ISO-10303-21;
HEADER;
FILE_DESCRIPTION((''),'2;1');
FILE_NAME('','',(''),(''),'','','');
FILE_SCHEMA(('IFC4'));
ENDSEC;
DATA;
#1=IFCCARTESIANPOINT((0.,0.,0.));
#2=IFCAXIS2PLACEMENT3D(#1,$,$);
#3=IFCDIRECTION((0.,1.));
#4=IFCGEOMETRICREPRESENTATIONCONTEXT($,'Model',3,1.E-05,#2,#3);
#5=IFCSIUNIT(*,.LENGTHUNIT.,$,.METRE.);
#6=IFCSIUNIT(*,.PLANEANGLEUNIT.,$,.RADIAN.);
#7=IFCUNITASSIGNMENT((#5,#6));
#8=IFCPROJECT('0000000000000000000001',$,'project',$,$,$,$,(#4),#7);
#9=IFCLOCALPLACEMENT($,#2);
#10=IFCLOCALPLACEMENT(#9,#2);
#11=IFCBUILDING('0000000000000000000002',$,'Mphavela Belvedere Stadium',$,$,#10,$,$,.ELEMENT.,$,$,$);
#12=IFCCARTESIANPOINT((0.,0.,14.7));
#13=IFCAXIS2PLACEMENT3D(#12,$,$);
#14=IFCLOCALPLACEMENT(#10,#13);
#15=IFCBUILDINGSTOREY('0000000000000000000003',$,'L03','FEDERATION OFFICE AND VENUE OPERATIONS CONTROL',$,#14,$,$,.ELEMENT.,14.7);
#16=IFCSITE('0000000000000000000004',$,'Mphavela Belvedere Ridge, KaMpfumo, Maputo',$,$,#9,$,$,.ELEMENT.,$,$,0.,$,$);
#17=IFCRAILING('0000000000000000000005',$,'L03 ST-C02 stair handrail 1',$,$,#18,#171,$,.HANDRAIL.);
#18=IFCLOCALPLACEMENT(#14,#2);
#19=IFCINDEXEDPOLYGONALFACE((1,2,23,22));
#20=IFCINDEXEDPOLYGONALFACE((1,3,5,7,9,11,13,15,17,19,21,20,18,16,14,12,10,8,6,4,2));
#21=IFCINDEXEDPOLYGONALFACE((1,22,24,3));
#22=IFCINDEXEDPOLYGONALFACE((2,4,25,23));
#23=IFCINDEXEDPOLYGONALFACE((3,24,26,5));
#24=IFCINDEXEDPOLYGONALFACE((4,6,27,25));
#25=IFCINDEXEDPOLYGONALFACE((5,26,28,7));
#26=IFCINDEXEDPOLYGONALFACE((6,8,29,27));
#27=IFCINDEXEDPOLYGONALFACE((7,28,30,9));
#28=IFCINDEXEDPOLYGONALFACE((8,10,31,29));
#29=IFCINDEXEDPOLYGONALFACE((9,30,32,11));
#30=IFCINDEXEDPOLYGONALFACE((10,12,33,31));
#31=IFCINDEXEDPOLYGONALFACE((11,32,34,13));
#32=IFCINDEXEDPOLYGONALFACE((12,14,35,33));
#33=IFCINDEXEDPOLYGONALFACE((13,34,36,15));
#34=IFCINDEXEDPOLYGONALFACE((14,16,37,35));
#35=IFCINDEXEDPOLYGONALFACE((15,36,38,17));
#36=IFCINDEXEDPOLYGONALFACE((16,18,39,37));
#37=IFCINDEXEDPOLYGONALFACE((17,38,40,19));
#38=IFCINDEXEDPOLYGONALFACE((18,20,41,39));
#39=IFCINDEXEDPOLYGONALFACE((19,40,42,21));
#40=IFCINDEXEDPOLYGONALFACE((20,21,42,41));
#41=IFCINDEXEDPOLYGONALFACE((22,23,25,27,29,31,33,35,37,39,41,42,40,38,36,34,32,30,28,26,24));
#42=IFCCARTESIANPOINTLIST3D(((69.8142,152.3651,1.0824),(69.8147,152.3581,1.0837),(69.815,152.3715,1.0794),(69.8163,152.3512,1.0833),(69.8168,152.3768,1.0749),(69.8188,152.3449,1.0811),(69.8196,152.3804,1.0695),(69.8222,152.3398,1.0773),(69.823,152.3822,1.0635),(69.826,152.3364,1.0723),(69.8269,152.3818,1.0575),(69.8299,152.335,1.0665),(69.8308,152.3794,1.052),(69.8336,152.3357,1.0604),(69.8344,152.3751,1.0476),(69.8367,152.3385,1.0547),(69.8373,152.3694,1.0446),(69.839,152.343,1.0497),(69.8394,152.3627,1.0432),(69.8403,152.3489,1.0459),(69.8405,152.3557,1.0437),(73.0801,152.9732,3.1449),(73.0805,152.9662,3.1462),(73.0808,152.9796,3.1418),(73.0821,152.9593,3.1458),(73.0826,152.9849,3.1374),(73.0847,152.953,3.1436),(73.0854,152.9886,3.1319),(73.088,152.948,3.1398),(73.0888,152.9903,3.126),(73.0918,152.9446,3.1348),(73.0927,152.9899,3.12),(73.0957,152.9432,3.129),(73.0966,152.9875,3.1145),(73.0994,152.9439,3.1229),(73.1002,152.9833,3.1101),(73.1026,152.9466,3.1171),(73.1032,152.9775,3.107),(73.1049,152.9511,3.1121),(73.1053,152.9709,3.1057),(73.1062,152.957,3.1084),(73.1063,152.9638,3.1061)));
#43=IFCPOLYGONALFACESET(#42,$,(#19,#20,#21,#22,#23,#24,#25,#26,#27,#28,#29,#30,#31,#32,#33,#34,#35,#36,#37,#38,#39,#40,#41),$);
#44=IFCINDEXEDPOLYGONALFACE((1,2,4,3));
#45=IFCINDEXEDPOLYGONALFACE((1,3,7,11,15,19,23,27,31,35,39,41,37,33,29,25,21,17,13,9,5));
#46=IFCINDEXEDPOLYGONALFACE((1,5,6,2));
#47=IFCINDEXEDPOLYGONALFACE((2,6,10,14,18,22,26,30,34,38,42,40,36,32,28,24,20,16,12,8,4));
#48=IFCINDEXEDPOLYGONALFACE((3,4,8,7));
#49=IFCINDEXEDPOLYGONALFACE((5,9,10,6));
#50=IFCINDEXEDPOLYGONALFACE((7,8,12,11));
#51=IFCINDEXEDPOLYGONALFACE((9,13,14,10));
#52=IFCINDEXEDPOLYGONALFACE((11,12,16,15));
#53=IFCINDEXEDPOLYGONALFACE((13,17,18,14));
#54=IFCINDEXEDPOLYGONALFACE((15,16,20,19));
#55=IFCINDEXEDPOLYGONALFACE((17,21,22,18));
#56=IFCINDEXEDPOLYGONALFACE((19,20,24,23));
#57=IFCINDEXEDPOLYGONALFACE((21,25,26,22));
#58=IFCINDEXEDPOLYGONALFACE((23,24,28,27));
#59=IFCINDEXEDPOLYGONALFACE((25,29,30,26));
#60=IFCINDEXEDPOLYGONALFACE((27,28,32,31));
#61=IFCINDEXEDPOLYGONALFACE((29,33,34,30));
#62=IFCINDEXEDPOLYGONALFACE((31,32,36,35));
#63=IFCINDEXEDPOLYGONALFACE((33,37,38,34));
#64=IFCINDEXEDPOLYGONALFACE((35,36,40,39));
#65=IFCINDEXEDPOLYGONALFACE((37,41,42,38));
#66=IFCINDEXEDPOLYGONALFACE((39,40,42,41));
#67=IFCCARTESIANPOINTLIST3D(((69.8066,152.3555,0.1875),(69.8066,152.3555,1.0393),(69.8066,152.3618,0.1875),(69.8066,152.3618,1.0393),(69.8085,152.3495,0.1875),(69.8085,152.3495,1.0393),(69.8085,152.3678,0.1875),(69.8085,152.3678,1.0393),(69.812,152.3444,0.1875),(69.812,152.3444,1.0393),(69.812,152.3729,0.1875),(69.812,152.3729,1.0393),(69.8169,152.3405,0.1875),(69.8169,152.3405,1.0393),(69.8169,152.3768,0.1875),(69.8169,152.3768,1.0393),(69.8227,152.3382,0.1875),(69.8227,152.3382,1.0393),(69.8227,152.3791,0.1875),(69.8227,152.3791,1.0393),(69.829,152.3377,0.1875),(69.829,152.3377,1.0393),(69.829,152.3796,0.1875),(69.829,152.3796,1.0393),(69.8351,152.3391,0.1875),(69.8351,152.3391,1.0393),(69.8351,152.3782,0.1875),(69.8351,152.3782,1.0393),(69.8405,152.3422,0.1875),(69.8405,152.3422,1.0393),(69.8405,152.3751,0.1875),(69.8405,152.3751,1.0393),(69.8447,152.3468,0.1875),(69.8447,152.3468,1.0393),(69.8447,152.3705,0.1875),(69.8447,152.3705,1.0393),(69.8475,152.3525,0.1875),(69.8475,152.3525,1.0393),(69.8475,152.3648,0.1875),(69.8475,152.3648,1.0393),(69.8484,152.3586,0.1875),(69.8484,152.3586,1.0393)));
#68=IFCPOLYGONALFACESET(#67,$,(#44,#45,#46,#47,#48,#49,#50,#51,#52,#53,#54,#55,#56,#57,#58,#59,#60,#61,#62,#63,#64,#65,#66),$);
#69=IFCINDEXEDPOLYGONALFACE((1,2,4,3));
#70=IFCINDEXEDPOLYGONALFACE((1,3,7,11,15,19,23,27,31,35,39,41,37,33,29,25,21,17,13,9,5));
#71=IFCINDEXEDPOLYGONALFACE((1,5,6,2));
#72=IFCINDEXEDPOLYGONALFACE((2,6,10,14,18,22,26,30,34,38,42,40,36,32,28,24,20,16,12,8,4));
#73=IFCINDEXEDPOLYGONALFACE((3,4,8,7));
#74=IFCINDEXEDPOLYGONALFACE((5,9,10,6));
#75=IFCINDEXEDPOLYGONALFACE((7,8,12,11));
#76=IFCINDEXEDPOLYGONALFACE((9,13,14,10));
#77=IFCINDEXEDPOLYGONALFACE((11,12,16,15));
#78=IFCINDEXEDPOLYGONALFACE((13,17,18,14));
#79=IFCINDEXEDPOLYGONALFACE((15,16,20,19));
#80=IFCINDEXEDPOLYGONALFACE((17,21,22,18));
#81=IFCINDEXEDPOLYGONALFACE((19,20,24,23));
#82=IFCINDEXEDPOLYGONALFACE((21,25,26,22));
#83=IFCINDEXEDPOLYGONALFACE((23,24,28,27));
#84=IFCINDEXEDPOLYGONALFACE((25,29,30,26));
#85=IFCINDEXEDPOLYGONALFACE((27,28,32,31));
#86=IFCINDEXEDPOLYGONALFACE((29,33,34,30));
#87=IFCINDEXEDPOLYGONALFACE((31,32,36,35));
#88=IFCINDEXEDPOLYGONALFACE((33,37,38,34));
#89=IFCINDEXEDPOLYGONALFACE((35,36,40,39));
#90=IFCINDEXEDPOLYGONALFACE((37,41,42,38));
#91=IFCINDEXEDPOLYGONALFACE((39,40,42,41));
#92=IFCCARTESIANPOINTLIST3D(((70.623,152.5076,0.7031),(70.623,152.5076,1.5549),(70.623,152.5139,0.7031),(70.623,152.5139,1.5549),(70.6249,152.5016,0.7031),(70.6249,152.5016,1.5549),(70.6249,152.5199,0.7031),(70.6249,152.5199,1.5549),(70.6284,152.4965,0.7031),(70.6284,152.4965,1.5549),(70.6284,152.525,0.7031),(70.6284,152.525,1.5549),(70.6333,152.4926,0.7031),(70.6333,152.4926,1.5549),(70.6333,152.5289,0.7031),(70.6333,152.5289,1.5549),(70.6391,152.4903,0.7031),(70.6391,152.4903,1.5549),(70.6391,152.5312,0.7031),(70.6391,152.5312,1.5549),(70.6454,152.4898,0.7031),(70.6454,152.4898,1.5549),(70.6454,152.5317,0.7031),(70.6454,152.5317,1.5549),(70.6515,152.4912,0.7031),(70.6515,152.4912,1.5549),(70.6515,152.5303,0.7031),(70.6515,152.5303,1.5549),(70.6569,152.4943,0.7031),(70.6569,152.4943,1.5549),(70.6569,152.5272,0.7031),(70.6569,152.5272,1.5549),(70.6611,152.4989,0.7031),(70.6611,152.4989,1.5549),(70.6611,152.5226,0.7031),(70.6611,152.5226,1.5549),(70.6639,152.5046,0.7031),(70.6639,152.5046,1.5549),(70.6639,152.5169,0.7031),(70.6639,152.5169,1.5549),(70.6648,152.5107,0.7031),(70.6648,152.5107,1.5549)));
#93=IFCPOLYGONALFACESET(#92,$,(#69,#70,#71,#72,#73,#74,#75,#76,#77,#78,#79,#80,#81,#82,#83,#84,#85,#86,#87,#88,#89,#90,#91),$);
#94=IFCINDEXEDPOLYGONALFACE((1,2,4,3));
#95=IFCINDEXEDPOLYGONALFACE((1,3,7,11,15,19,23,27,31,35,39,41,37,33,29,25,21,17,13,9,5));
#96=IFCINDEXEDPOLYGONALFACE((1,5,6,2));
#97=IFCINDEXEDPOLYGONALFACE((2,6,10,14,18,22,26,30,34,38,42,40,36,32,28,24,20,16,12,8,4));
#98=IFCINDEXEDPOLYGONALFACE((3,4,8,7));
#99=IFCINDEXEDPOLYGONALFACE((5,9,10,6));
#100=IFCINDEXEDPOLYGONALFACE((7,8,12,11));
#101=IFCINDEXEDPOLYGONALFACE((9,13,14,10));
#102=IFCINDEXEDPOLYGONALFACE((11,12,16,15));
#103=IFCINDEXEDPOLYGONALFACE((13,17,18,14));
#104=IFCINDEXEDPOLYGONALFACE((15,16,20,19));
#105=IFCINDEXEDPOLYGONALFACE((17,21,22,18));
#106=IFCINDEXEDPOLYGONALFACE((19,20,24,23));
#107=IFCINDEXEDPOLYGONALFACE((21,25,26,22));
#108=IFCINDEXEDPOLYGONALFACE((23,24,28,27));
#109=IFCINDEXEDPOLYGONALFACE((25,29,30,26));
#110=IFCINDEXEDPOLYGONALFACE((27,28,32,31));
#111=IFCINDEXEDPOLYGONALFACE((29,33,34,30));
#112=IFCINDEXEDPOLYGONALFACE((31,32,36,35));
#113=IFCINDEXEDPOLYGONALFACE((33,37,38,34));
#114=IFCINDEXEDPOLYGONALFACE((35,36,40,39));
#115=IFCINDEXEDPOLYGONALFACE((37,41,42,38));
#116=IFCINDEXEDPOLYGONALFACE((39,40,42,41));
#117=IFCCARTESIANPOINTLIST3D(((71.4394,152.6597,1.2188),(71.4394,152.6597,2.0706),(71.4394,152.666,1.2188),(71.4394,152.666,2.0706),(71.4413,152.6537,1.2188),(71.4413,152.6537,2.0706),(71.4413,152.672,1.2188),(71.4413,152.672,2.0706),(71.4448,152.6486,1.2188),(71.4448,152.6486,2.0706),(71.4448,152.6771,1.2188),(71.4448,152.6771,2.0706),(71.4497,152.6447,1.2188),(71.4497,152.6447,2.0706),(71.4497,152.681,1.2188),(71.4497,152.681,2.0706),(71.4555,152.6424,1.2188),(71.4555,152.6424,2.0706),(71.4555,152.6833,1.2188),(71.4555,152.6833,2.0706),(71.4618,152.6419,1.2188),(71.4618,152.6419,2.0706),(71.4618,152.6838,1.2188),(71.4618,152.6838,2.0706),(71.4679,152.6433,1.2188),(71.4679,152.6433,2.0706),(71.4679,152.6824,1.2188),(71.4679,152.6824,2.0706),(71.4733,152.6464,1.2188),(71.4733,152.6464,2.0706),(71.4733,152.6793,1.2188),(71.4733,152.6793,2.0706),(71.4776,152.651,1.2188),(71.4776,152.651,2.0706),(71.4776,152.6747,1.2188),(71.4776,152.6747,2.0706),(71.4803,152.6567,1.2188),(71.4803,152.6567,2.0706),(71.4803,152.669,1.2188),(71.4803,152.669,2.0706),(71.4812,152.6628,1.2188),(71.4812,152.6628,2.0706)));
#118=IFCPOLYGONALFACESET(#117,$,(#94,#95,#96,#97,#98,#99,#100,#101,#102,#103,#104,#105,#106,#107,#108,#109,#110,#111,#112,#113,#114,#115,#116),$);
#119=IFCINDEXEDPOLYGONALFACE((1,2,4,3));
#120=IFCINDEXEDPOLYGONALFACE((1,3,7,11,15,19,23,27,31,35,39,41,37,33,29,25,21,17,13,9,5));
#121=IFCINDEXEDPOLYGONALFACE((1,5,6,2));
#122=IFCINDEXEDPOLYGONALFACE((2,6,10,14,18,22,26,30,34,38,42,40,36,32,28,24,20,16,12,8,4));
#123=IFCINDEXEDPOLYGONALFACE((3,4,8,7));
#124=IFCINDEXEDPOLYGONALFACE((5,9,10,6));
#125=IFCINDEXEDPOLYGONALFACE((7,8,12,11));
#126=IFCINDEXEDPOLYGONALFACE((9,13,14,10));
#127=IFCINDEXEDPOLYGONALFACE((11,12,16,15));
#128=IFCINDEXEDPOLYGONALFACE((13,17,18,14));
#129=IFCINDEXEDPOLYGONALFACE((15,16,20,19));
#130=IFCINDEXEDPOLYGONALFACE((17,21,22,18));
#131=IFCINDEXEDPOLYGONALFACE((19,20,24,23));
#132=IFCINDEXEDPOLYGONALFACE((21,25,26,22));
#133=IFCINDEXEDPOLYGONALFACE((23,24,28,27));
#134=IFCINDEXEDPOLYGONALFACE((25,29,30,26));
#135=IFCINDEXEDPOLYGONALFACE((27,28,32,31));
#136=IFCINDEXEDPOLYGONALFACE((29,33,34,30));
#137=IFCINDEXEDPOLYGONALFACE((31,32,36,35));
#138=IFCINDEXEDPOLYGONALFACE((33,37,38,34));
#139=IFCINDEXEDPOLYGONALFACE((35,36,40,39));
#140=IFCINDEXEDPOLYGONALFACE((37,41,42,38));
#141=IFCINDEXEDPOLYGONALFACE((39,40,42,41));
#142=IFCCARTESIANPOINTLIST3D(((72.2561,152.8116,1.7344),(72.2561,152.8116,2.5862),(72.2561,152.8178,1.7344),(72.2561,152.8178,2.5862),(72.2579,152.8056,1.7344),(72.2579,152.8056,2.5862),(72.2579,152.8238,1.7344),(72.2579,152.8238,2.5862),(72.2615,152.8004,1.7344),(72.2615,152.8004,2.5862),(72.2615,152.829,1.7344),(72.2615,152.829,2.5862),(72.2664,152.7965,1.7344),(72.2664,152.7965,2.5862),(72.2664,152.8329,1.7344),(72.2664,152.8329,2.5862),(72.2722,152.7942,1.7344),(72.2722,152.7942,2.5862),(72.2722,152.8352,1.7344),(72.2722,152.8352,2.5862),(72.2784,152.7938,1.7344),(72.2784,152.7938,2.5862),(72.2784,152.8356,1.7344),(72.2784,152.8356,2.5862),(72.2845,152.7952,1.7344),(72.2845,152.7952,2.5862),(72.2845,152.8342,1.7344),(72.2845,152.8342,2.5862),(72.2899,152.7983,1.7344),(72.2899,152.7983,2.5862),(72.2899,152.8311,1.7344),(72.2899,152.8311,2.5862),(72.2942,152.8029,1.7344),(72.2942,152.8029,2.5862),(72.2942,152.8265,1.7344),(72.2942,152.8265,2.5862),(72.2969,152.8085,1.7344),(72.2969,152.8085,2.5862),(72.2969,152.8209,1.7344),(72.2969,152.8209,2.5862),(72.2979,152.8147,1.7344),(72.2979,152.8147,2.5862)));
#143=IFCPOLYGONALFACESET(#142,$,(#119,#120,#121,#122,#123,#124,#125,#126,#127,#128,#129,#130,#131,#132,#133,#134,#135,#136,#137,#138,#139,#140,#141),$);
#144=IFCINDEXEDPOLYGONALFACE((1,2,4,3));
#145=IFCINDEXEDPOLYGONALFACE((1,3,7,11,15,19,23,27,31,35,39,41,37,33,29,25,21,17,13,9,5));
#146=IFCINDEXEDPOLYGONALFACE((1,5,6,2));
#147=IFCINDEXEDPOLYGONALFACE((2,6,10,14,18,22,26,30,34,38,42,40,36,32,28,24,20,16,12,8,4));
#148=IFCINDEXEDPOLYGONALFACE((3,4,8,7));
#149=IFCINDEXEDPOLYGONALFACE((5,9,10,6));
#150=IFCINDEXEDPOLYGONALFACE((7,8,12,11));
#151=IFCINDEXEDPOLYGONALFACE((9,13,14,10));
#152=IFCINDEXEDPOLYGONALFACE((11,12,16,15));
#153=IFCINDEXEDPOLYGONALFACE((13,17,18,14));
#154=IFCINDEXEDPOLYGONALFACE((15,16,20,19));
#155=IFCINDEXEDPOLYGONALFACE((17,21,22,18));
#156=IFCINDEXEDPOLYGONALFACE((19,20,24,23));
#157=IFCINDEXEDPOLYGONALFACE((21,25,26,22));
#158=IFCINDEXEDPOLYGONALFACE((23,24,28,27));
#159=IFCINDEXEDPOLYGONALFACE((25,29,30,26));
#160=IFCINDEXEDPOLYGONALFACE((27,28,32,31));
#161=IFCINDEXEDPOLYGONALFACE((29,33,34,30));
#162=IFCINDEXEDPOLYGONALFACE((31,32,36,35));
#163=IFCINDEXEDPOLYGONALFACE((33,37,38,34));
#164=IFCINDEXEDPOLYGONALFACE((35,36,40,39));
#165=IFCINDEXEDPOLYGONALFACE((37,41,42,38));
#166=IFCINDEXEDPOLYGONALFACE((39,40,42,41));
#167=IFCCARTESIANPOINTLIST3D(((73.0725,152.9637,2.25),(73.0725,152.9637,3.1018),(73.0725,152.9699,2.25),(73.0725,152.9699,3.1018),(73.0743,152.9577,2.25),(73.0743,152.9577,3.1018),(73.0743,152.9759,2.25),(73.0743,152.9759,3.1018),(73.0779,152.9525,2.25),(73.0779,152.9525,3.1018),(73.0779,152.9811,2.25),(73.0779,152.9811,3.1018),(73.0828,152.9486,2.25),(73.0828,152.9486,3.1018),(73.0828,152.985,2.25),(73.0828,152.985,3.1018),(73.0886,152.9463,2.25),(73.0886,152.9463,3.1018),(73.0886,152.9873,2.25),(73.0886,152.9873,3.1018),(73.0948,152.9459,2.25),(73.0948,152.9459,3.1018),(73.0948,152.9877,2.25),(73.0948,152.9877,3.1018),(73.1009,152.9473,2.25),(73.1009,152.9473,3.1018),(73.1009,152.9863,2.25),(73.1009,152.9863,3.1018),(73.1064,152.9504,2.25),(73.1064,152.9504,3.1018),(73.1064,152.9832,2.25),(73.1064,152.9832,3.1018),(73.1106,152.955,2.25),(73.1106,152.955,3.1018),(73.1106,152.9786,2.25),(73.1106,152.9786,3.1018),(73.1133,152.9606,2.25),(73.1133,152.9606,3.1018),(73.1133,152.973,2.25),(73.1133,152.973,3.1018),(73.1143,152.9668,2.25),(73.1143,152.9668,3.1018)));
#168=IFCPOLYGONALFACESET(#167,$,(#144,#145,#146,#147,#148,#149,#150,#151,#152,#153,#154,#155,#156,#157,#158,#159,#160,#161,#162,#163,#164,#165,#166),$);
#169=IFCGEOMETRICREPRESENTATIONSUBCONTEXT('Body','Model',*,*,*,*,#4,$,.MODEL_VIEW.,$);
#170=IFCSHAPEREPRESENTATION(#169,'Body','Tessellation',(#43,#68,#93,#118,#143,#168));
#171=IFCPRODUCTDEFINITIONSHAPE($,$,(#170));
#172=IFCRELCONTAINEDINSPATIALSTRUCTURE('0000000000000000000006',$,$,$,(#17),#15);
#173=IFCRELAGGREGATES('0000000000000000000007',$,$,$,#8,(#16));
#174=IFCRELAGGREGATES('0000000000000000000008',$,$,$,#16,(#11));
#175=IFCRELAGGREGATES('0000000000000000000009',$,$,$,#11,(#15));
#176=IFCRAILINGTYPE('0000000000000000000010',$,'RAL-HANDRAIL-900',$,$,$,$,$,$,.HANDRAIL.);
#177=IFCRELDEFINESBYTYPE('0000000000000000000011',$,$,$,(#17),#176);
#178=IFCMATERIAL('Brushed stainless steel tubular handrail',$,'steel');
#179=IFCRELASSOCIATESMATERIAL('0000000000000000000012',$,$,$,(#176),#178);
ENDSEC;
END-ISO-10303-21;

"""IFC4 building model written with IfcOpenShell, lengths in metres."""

from ifc_helpers import new_model, si_unit, direction, frame, origin, origin_2d, place, context, subcontext, project, spatial, circle, extrude, material, type_object, element, save


model = new_model("IFC4")

# Units and contexts
model_context = context("Model", 3, precision=1e-05, world=origin(), true_north=direction((0.0, 1.0)))
body_context = subcontext(model_context, "Body", "Model", "MODEL_VIEW")
ifc_project = project(units=[si_unit("LENGTHUNIT", "METRE"), si_unit("PLANEANGLEUNIT", "RADIAN")], contexts=[model_context])

# Site, building, storey
site_placement = place(None, origin())
site = spatial("IfcSite", under=ifc_project, at=site_placement, Name="Mphavela Belvedere Ridge, KaMpfumo, Maputo", CompositionType="ELEMENT", RefElevation=0.0)
building_placement = place(site_placement, origin())
building = spatial("IfcBuilding", under=site, at=building_placement, Name="Mphavela Belvedere Stadium", CompositionType="ELEMENT")
storey_placement = place(building_placement, frame((0.0, 0.0, 14.7)))
storey = spatial("IfcBuildingStorey", under=building, at=storey_placement, Name="L03", Description="FEDERATION OFFICE AND VENUE OPERATIONS CONTROL", CompositionType="ELEMENT", Elevation=14.7)

# Railing
ifc_material_1 = material(Name="Brushed stainless steel tubular handrail", Category="steel")
railing_type_1 = type_object("IfcRailingType", Name="RAL-HANDRAIL-900", PredefinedType="HANDRAIL", material=ifc_material_1)
railing_1_placement = place(storey_placement, frame((69.8274, 152.3586, 0.1875)))
element("IfcRailing", 1, at=railing_1_placement, inside=storey, type_object=railing_type_1, Name="L03 ST-C02 stair handrail 1", PredefinedType="HANDRAIL", context=body_context, shape_type="SweptSolid", body=[
    extrude(circle(Radius=0.0239, at=origin_2d()), frame((0.0, 0.0, 0.876), z_axis=(0.835218, 0.15553, 0.527467), x_axis=(-0.183068, 0.9831, 0.0)), (0.0, 0.0, 1.0), 3.9102),
    extrude(circle(Radius=0.021, at=origin_2d()), origin(), (0.0, 0.0, 1.0), 0.8518),
    extrude(circle(Radius=0.021, at=origin_2d()), frame((0.8164, 0.1521, 0.5156)), (0.0, 0.0, 1.0), 0.8518),
    extrude(circle(Radius=0.021, at=origin_2d()), frame((1.6328, 0.3042, 1.0312)), (0.0, 0.0, 1.0), 0.8518),
    extrude(circle(Radius=0.021, at=origin_2d()), frame((2.4495, 0.4561, 1.5469)), (0.0, 0.0, 1.0), 0.8518),
    extrude(circle(Radius=0.021, at=origin_2d()), frame((3.2659, 0.6082, 2.0625)), (0.0, 0.0, 1.0), 0.8518),
])

save(model, "model.ifc")
